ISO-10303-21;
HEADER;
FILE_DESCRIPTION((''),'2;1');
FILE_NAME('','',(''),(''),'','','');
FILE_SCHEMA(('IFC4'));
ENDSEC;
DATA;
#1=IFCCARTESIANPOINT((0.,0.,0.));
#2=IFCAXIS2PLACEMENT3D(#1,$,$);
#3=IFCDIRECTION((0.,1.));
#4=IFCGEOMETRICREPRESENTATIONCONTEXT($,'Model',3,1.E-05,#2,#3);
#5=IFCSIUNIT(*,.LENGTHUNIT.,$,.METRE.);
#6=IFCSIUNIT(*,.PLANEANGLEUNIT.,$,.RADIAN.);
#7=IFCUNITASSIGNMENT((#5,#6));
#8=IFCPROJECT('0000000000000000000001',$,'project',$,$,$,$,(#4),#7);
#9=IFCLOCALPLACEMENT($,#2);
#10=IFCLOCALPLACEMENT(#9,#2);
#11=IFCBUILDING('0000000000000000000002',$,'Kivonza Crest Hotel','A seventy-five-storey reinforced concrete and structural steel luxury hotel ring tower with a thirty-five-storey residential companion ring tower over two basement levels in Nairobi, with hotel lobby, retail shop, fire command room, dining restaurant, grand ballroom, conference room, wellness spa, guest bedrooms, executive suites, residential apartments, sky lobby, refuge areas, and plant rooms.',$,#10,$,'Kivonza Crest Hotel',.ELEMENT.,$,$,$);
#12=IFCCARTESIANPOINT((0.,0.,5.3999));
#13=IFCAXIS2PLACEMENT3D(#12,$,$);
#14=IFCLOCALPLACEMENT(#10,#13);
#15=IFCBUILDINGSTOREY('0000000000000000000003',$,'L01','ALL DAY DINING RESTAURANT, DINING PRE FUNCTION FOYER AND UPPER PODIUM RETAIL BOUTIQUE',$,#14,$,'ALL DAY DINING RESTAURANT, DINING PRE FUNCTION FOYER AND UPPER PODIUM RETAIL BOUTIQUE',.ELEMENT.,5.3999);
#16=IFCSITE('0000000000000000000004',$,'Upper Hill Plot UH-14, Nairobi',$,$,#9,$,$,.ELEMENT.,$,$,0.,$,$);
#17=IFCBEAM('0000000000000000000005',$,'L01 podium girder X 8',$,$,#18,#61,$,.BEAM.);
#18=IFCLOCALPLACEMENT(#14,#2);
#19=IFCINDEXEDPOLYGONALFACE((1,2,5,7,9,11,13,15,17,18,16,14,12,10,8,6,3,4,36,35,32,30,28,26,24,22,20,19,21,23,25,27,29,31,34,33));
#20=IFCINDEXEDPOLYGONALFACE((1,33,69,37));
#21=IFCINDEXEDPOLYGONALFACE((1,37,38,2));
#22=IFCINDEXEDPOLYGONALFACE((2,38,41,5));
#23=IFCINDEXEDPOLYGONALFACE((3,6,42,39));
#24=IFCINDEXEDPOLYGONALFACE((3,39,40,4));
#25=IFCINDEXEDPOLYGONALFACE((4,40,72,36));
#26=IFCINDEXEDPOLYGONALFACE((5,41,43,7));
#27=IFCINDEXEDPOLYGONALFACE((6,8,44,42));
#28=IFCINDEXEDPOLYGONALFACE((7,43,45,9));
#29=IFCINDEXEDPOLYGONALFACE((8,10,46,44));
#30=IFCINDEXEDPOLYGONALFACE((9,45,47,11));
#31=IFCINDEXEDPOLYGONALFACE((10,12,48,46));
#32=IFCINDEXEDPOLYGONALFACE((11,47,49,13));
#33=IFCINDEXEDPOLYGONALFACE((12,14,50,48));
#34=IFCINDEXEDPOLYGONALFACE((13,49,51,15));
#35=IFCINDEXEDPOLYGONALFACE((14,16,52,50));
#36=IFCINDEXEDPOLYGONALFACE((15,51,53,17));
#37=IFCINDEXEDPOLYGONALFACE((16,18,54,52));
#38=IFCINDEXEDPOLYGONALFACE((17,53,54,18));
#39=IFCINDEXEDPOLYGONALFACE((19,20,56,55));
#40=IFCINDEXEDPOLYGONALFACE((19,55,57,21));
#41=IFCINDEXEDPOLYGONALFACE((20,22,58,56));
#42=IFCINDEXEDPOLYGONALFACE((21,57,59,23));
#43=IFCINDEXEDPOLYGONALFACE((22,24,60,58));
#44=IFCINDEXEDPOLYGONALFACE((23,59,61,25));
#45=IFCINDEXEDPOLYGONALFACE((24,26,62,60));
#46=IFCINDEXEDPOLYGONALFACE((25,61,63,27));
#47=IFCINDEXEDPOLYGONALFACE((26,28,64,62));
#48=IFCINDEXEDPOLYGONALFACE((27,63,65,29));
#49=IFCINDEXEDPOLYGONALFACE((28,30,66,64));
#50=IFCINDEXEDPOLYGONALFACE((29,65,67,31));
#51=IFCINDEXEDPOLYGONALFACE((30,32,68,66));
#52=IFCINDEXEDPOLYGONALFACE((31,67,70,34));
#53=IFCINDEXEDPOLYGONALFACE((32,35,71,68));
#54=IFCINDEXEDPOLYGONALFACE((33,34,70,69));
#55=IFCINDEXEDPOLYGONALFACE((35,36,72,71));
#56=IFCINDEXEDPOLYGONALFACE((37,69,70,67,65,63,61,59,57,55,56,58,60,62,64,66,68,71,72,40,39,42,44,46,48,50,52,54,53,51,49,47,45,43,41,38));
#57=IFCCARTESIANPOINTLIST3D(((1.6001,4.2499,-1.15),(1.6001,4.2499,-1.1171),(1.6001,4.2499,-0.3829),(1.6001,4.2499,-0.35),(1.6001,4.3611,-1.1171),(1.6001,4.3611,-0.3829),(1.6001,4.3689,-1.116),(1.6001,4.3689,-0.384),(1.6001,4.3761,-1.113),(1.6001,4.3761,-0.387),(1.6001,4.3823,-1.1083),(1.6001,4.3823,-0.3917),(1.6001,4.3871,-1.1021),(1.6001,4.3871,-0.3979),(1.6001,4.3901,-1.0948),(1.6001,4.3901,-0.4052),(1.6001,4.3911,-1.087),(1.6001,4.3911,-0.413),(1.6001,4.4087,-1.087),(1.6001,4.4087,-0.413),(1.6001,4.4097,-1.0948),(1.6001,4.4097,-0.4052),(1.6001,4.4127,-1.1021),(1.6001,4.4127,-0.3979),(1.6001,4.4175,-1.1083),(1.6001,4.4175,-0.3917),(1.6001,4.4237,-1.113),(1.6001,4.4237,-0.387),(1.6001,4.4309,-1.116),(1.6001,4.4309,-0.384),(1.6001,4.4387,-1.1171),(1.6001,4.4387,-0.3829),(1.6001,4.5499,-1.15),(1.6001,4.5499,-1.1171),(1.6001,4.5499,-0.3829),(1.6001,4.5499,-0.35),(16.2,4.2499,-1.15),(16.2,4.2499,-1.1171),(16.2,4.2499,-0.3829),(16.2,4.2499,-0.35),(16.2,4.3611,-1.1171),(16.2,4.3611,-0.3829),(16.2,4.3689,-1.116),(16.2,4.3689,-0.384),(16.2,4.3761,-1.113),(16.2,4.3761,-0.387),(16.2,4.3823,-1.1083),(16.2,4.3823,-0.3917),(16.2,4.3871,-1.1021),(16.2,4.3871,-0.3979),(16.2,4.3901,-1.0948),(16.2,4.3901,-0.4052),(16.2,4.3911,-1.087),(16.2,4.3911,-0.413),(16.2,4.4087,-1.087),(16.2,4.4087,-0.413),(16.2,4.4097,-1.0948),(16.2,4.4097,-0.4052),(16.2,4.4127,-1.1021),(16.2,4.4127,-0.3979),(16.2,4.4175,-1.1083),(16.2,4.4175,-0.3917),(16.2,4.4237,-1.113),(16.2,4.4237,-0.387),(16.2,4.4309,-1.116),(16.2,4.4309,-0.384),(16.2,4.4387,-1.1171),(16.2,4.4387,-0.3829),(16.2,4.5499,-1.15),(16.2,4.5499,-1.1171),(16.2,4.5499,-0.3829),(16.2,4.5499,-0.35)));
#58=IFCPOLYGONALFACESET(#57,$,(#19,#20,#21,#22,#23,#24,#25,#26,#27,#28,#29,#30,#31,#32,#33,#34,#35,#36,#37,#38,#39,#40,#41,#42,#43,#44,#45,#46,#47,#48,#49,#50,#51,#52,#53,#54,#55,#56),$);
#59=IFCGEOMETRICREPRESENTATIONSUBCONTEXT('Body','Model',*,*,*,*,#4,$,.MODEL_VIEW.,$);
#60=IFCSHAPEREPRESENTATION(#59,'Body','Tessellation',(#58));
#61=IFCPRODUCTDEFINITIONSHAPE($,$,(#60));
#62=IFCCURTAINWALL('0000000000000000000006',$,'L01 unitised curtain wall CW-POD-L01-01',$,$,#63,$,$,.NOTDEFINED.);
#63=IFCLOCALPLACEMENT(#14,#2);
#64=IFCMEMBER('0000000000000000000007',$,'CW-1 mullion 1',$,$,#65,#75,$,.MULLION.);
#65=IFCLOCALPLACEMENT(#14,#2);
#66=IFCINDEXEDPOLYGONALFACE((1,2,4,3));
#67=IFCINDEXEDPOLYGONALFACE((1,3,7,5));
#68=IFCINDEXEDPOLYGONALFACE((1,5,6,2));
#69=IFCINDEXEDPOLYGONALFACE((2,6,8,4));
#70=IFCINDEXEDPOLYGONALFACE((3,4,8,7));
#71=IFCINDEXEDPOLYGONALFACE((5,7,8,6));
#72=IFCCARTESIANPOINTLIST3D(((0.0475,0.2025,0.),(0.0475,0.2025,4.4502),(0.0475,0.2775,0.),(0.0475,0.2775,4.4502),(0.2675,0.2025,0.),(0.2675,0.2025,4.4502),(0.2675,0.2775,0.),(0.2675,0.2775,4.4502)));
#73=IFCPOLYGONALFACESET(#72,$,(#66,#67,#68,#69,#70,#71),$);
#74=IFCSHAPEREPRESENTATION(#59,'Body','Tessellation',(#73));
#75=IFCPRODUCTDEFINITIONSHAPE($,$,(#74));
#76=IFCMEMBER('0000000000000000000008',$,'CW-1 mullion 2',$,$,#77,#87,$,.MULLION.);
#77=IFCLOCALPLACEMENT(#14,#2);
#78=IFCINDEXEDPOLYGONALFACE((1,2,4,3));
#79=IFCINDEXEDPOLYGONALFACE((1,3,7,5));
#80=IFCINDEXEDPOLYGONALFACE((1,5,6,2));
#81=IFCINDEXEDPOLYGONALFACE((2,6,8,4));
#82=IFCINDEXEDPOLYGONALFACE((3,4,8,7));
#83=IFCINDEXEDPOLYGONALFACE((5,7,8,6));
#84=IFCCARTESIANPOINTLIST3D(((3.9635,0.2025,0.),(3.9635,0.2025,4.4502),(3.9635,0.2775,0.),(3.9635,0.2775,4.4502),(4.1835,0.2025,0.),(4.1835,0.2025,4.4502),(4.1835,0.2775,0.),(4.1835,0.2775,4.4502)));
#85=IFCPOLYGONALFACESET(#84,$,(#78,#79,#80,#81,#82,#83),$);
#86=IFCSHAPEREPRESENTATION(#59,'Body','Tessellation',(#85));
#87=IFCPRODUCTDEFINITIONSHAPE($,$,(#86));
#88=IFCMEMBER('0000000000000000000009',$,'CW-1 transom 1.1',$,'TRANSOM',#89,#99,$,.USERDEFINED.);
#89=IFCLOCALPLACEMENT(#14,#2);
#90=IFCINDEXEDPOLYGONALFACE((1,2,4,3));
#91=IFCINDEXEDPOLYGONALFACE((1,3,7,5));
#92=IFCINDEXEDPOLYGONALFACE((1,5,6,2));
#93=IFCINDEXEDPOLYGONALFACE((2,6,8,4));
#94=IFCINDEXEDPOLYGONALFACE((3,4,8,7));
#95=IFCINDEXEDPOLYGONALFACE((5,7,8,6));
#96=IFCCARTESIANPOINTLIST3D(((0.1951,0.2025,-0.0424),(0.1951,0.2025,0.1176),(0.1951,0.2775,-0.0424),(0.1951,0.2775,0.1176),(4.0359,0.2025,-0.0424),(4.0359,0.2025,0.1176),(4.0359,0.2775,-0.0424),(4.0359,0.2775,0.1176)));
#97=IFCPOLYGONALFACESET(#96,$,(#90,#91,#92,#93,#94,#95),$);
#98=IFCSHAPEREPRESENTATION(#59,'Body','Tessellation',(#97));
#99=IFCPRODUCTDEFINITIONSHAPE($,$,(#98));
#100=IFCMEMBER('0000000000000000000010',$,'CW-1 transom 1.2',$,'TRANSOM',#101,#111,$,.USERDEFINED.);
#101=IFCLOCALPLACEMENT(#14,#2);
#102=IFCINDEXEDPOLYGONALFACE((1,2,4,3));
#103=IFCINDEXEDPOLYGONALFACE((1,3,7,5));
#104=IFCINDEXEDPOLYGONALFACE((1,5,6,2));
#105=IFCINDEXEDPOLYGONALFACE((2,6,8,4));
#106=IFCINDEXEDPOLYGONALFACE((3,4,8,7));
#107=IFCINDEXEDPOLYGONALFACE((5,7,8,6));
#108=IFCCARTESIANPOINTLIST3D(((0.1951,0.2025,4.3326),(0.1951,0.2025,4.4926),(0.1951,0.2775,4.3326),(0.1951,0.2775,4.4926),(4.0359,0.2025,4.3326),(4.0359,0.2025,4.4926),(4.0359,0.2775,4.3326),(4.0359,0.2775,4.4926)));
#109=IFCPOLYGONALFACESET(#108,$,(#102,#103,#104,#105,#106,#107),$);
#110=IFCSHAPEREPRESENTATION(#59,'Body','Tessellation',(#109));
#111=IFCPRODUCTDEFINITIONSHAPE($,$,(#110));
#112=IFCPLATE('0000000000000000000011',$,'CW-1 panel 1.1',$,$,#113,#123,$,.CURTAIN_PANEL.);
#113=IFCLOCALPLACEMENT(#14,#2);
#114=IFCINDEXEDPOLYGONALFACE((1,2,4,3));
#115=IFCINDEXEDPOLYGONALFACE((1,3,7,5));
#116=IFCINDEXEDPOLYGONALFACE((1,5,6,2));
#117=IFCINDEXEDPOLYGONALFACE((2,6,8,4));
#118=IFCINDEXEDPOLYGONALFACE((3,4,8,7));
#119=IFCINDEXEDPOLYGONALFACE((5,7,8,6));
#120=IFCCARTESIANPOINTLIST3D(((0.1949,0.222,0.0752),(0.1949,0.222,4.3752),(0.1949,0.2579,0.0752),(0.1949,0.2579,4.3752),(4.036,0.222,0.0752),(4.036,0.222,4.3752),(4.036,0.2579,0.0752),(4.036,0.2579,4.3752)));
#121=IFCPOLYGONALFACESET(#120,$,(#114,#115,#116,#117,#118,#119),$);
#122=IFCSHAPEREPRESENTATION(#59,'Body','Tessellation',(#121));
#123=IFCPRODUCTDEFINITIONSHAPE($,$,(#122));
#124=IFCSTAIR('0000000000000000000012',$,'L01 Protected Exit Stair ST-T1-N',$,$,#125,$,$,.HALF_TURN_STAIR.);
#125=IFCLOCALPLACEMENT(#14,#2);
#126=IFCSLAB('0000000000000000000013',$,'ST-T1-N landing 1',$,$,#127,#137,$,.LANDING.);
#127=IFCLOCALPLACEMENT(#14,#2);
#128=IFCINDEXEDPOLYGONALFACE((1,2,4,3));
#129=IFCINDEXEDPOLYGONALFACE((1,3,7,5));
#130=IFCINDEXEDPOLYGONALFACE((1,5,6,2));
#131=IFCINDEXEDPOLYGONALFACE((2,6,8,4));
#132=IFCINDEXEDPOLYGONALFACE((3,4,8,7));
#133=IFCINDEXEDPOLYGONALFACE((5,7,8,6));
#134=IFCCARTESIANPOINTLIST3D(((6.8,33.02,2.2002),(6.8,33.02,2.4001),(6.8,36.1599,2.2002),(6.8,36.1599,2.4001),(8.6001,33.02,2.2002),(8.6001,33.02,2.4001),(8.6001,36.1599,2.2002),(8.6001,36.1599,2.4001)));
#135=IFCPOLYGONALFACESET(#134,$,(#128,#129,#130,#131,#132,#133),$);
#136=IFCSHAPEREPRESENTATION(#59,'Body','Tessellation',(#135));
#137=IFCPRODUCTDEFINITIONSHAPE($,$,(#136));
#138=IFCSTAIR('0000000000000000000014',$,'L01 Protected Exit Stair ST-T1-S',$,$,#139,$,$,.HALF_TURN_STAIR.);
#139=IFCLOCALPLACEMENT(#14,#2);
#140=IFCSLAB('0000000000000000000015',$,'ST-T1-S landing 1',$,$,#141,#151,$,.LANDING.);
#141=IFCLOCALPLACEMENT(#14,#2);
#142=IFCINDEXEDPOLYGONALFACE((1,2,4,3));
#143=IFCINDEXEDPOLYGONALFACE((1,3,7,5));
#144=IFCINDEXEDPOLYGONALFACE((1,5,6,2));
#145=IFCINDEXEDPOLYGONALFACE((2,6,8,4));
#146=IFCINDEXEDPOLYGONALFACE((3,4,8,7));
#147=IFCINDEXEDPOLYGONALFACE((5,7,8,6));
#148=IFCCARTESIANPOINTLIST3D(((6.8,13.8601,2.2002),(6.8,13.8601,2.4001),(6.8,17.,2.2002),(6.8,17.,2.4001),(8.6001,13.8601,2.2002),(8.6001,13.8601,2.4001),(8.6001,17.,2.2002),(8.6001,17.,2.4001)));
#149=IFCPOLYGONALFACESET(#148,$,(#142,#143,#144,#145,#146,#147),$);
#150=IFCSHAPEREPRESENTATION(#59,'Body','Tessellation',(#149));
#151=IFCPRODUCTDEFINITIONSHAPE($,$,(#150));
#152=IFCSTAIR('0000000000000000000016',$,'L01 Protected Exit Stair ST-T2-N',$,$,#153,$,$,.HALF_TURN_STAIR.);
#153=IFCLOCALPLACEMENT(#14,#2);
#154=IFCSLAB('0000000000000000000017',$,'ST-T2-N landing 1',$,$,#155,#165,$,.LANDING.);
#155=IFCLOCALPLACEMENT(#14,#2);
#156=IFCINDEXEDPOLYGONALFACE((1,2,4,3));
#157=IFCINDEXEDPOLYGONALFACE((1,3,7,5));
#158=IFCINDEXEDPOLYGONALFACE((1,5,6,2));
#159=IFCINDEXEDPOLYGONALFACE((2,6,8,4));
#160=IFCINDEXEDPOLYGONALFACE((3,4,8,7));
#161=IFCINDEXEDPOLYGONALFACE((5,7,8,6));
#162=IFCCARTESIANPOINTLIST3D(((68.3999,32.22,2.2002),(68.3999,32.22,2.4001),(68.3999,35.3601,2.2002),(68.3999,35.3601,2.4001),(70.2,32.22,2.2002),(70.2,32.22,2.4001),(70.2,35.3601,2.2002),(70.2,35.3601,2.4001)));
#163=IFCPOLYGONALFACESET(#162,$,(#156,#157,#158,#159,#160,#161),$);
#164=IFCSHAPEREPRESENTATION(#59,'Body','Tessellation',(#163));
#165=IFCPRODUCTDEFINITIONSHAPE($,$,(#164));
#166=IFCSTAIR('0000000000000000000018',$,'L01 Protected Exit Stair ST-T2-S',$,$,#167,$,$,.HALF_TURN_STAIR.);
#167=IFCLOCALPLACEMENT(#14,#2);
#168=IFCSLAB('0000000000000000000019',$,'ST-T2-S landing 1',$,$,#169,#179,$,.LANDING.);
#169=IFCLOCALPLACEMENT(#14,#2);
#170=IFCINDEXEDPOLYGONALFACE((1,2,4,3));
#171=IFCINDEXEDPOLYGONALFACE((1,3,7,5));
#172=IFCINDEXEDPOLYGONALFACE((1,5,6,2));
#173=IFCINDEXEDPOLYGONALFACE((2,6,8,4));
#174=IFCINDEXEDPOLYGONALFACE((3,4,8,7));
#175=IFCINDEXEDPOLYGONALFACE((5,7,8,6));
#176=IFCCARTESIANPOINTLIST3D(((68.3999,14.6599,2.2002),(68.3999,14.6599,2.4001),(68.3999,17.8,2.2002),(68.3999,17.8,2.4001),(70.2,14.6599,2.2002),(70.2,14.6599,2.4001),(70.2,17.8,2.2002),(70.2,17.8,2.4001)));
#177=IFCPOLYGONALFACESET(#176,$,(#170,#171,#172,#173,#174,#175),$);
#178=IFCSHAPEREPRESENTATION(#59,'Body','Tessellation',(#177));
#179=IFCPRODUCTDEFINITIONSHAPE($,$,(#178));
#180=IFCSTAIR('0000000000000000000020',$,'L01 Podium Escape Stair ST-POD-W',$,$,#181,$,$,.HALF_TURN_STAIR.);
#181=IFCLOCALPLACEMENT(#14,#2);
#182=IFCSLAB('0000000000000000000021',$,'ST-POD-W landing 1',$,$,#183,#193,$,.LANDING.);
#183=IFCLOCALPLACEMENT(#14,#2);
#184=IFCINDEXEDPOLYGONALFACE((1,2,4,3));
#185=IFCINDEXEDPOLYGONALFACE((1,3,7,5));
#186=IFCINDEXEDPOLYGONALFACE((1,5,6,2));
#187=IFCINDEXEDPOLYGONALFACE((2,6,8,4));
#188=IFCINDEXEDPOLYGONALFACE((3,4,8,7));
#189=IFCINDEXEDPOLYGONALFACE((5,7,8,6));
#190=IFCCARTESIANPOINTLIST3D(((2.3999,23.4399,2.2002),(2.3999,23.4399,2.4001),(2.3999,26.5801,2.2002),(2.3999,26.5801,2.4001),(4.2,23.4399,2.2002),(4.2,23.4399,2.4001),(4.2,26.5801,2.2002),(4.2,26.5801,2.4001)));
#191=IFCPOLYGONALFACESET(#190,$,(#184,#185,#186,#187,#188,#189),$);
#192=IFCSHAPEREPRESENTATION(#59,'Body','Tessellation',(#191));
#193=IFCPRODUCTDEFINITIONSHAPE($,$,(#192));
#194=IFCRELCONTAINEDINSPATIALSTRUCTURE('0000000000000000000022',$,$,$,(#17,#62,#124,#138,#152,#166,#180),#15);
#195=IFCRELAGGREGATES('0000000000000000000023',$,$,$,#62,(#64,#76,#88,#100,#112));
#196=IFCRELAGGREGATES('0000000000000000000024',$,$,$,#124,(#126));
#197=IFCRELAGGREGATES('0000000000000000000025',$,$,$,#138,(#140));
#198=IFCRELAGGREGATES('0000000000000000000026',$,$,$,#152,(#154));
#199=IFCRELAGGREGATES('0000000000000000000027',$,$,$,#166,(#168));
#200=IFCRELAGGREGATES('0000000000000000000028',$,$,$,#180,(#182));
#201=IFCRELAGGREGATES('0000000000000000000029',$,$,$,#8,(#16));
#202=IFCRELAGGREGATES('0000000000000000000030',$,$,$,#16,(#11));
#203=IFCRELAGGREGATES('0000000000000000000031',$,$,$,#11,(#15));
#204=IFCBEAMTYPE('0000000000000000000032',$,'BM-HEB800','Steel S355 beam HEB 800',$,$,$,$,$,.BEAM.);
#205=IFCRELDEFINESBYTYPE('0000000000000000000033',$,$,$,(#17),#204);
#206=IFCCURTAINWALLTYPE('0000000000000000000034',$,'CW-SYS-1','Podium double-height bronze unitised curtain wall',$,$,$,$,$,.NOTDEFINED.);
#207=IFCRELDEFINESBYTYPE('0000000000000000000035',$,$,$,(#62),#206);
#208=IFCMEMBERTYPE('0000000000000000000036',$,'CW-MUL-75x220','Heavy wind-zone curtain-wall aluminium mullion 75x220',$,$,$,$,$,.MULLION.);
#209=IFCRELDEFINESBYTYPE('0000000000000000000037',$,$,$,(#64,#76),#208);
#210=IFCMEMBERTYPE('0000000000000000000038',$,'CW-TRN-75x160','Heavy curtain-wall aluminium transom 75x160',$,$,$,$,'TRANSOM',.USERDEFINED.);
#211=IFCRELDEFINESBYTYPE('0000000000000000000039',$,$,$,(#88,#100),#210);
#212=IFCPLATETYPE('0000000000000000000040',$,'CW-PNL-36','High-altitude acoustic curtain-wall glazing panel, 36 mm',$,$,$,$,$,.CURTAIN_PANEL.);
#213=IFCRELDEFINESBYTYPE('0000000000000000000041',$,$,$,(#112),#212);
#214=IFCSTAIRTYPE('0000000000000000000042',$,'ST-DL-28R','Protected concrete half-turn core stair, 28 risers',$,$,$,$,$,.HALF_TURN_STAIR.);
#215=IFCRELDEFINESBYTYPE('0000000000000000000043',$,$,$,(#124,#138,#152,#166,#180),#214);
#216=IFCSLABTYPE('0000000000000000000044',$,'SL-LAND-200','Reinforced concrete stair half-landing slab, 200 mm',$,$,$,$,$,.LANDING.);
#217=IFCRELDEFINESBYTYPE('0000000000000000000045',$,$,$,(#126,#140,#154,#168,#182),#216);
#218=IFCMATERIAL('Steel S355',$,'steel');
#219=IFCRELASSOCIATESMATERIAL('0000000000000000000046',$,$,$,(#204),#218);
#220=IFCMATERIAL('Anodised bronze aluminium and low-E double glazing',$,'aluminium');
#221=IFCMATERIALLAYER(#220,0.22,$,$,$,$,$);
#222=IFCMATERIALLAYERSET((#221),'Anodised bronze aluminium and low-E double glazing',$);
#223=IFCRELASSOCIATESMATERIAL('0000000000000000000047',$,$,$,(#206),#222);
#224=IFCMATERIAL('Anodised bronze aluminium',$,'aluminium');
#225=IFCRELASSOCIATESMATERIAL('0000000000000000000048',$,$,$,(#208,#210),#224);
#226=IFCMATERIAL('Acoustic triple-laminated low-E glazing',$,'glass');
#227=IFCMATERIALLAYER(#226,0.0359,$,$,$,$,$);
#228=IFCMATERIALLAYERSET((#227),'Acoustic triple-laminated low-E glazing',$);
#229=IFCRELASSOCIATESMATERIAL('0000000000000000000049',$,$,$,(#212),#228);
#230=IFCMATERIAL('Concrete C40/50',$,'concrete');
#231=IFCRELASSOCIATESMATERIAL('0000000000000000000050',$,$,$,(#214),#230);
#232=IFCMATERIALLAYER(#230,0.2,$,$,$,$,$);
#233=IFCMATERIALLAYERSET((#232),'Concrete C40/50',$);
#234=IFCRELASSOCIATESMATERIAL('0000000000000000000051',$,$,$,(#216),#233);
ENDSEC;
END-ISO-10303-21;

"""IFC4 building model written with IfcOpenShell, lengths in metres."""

from ifc_helpers import new_model, si_unit, direction, frame, origin, origin_2d, place, context, subcontext, project, spatial, polyline, rectangle, i_section, outline, extrude, material, layer, layer_set, material_profile, profile_set, type_object, element, aggregate, save


model = new_model("IFC4")

# Units and contexts
model_context = context("Model", 3, precision=1e-05, world=origin(), true_north=direction((0.0, 1.0)))
body_context = subcontext(model_context, "Body", "Model", "MODEL_VIEW")
ifc_project = project(units=[si_unit("LENGTHUNIT", "METRE"), si_unit("PLANEANGLEUNIT", "RADIAN")], contexts=[model_context])

# Site, building, storey
site_placement = place(None, origin())
site = spatial("IfcSite", under=ifc_project, at=site_placement, Name="Upper Hill Plot UH-14, Nairobi", CompositionType="ELEMENT", RefElevation=0.0)
building_placement = place(site_placement, origin())
building = spatial("IfcBuilding", under=site, at=building_placement, Name="Kivonza Crest Hotel", Description="A seventy-five-storey reinforced concrete and structural steel luxury hotel ring tower with a thirty-five-storey residential companion ring tower over two basement levels in Nairobi, with hotel lobby, retail shop, fire command room, dining restaurant, grand ballroom, conference room, wellness spa, guest bedrooms, executive suites, residential apartments, sky lobby, refuge areas, and plant rooms.", LongName="Kivonza Crest Hotel", CompositionType="ELEMENT")
storey_placement = place(building_placement, frame((0.0, 0.0, 5.3999)))
storey = spatial("IfcBuildingStorey", under=building, at=storey_placement, Name="L01", Description="ALL DAY DINING RESTAURANT, DINING PRE FUNCTION FOYER AND UPPER PODIUM RETAIL BOUTIQUE", LongName="ALL DAY DINING RESTAURANT, DINING PRE FUNCTION FOYER AND UPPER PODIUM RETAIL BOUTIQUE", CompositionType="ELEMENT", Elevation=5.3999)

# Beam
ifc_material_1 = material(Name="Steel S355", Category="steel")
ifc_material_profile_1 = material_profile(ifc_material_1, i_section(OverallWidth=0.3, OverallDepth=0.8, WebThickness=0.0176, FlangeThickness=0.033, FilletRadius=0.03, at=origin_2d()), Name="HEB 800")
ifc_profile_set_1 = profile_set([ifc_material_profile_1], Name="Steel S355")
beam_type_1 = type_object("IfcBeamType", Name="BM-HEB800", Description="Steel S355 beam HEB 800", PredefinedType="BEAM", material=ifc_profile_set_1)
for number, where, z_axis, x_axis, name in (
    (1, (1.6001, 4.3999, -0.75), (1.0, 0.0, 0.0), (0.0, 1.0, 0.0), "L01 podium girder X 8"),
):
    element("IfcBeam", number, at=place(storey_placement, frame(where, z_axis=z_axis, x_axis=x_axis)), inside=storey, type_object=beam_type_1, Name=name, PredefinedType="BEAM", context=body_context, shape_type="SweptSolid", body=[
        extrude(i_section(OverallWidth=0.3, OverallDepth=0.8, WebThickness=0.0176, FlangeThickness=0.033, FilletRadius=0.03, at=origin_2d()), origin(), (0.0, 0.0, 1.0), 14.5999),
    ])

# Curtain wall, members, plate
ifc_material_2 = material(Name="Anodised bronze aluminium and low-E double glazing", Category="aluminium")
ifc_layer_1 = layer(ifc_material_2, 0.22)
ifc_layer_set_1 = layer_set([ifc_layer_1], Name="Anodised bronze aluminium and low-E double glazing")
curtain_wall_type = type_object("IfcCurtainWallType", Name="CW-SYS-1", Description="Podium double-height bronze unitised curtain wall", PredefinedType="NOTDEFINED", material=ifc_layer_set_1)
curtain_wall_placement = place(storey_placement, origin())
curtain_wall = element("IfcCurtainWall", 2, at=curtain_wall_placement, inside=storey, type_object=curtain_wall_type, Name="L01 unitised curtain wall CW-POD-L01-01", PredefinedType="NOTDEFINED")
ifc_material_3 = material(Name="Anodised bronze aluminium", Category="aluminium")
ifc_material_profile_2 = material_profile(ifc_material_3, rectangle(XDim=0.075, YDim=0.22, at=origin_2d()), Name="CW-M 75x220")
ifc_profile_set_2 = profile_set([ifc_material_profile_2], Name="Anodised bronze aluminium")
member_type_1 = type_object("IfcMemberType", Name="CW-MUL-75x220", Description="Heavy wind-zone curtain-wall aluminium mullion 75x220", PredefinedType="MULLION", material=ifc_profile_set_2)
member_1_placement = place(storey_placement, frame((0.1575, 0.24, 0.0), z_axis=(0.0, 0.0, 1.0), x_axis=(0.0, 1.0, 0.0)))
member_1 = element("IfcMember", 3, at=member_1_placement, type_object=member_type_1, Name="CW-1 mullion 1", PredefinedType="MULLION", context=body_context, shape_type="SweptSolid", body=[
    extrude(rectangle(XDim=0.075, YDim=0.22, at=origin_2d()), origin(), (0.0, 0.0, 1.0), 4.4502),
])
member_2_placement = place(storey_placement, frame((4.0735, 0.24, 0.0), z_axis=(0.0, 0.0, 1.0), x_axis=(0.0, 1.0, 0.0)))
member_2 = element("IfcMember", 4, at=member_2_placement, type_object=member_type_1, Name="CW-1 mullion 2", PredefinedType="MULLION", context=body_context, shape_type="SweptSolid", body=[
    extrude(rectangle(XDim=0.075, YDim=0.22, at=origin_2d()), origin(), (0.0, 0.0, 1.0), 4.4502),
])
ifc_material_profile_3 = material_profile(ifc_material_3, rectangle(XDim=0.075, YDim=0.1599, at=origin_2d()), Name="CW-T 75x160")
ifc_profile_set_3 = profile_set([ifc_material_profile_3], Name="Anodised bronze aluminium")
member_type_2 = type_object("IfcMemberType", Name="CW-TRN-75x160", Description="Heavy curtain-wall aluminium transom 75x160", ElementType="TRANSOM", PredefinedType="USERDEFINED", material=ifc_profile_set_3)
member_3_placement = place(storey_placement, frame((0.1951, 0.24, 0.0376), z_axis=(1.0, 0.0, 0.0), x_axis=(0.0, 1.0, 0.0)))
member_3 = element("IfcMember", 5, at=member_3_placement, type_object=member_type_2, Name="CW-1 transom 1.1", ObjectType="TRANSOM", PredefinedType="USERDEFINED", context=body_context, shape_type="SweptSolid", body=[
    extrude(rectangle(XDim=0.075, YDim=0.1599, at=origin_2d()), origin(), (0.0, 0.0, 1.0), 3.8408),
])
member_4_placement = place(storey_placement, frame((0.1951, 0.24, 4.4126), z_axis=(1.0, 0.0, 0.0), x_axis=(0.0, 1.0, 0.0)))
member_4 = element("IfcMember", 6, at=member_4_placement, type_object=member_type_2, Name="CW-1 transom 1.2", ObjectType="TRANSOM", PredefinedType="USERDEFINED", context=body_context, shape_type="SweptSolid", body=[
    extrude(rectangle(XDim=0.075, YDim=0.1599, at=origin_2d()), origin(), (0.0, 0.0, 1.0), 3.8408),
])
ifc_material_4 = material(Name="Acoustic triple-laminated low-E glazing", Category="glass")
ifc_layer_2 = layer(ifc_material_4, 0.0359)
ifc_layer_set_2 = layer_set([ifc_layer_2], Name="Acoustic triple-laminated low-E glazing")
plate_type = type_object("IfcPlateType", Name="CW-PNL-36", Description="High-altitude acoustic curtain-wall glazing panel, 36 mm", PredefinedType="CURTAIN_PANEL", material=ifc_layer_set_2)
plate_placement = place(storey_placement, frame((2.1155, 0.24, 0.0752), z_axis=(0.0, 0.0, 1.0), x_axis=(1.0, 0.0, 0.0)))
plate = element("IfcPlate", 7, at=plate_placement, type_object=plate_type, Name="CW-1 panel 1.1", PredefinedType="CURTAIN_PANEL", context=body_context, shape_type="SweptSolid", body=[
    extrude(rectangle(XDim=3.8411, YDim=0.0359, at=origin_2d()), origin(), (0.0, 0.0, 1.0), 4.3),
])
aggregate(curtain_wall, [member_1, member_2, member_3, member_4, plate])

# Stairs, slabs
ifc_material_5 = material(Name="Concrete C40/50", Category="concrete")
stair_type = type_object("IfcStairType", Name="ST-DL-28R", Description="Protected concrete half-turn core stair, 28 risers", PredefinedType="HALF_TURN_STAIR", material=ifc_material_5)
stair_1_placement = place(storey_placement, origin())
stair_1 = element("IfcStair", 8, at=stair_1_placement, inside=storey, type_object=stair_type, Name="L01 Protected Exit Stair ST-T1-N", PredefinedType="HALF_TURN_STAIR")
ifc_layer_3 = layer(ifc_material_5, 0.2)
ifc_layer_set_3 = layer_set([ifc_layer_3], Name="Concrete C40/50")
slab_type_1 = type_object("IfcSlabType", Name="SL-LAND-200", Description="Reinforced concrete stair half-landing slab, 200 mm", PredefinedType="LANDING", material=ifc_layer_set_3)
slab_1_placement = place(storey_placement, frame((0.0, 0.0, 2.2002)))
slab_1 = element("IfcSlab", 9, at=slab_1_placement, type_object=slab_type_1, Name="ST-T1-N landing 1", PredefinedType="LANDING", context=body_context, shape_type="SweptSolid", body=[
    extrude(outline(polyline([(8.6001, 36.1599), (6.8, 36.1599), (6.8, 33.02), (8.6001, 33.02), (8.6001, 36.1599)])), origin(), (0.0, 0.0, 1.0), 0.2),
])
aggregate(stair_1, [slab_1])
stair_2_placement = place(storey_placement, origin())
stair_2 = element("IfcStair", 10, at=stair_2_placement, inside=storey, type_object=stair_type, Name="L01 Protected Exit Stair ST-T1-S", PredefinedType="HALF_TURN_STAIR")
slab_2_placement = place(storey_placement, frame((0.0, 0.0, 2.2002)))
slab_2 = element("IfcSlab", 11, at=slab_2_placement, type_object=slab_type_1, Name="ST-T1-S landing 1", PredefinedType="LANDING", context=body_context, shape_type="SweptSolid", body=[
    extrude(outline(polyline([(8.6001, 17.0), (6.8, 17.0), (6.8, 13.8601), (8.6001, 13.8601), (8.6001, 17.0)])), origin(), (0.0, 0.0, 1.0), 0.2),
])
aggregate(stair_2, [slab_2])
stair_3_placement = place(storey_placement, origin())
stair_3 = element("IfcStair", 12, at=stair_3_placement, inside=storey, type_object=stair_type, Name="L01 Protected Exit Stair ST-T2-N", PredefinedType="HALF_TURN_STAIR")
slab_3_placement = place(storey_placement, frame((0.0, 0.0, 2.2002)))
slab_3 = element("IfcSlab", 13, at=slab_3_placement, type_object=slab_type_1, Name="ST-T2-N landing 1", PredefinedType="LANDING", context=body_context, shape_type="SweptSolid", body=[
    extrude(outline(polyline([(70.2, 35.3601), (68.3999, 35.3601), (68.3999, 32.22), (70.2, 32.22), (70.2, 35.3601)])), origin(), (0.0, 0.0, 1.0), 0.2),
])
aggregate(stair_3, [slab_3])
stair_4_placement = place(storey_placement, origin())
stair_4 = element("IfcStair", 14, at=stair_4_placement, inside=storey, type_object=stair_type, Name="L01 Protected Exit Stair ST-T2-S", PredefinedType="HALF_TURN_STAIR")
slab_4_placement = place(storey_placement, frame((0.0, 0.0, 2.2002)))
slab_4 = element("IfcSlab", 15, at=slab_4_placement, type_object=slab_type_1, Name="ST-T2-S landing 1", PredefinedType="LANDING", context=body_context, shape_type="SweptSolid", body=[
    extrude(outline(polyline([(70.2, 17.8), (68.3999, 17.8), (68.3999, 14.6599), (70.2, 14.6599), (70.2, 17.8)])), origin(), (0.0, 0.0, 1.0), 0.2),
])
aggregate(stair_4, [slab_4])
stair_5_placement = place(storey_placement, origin())
stair_5 = element("IfcStair", 16, at=stair_5_placement, inside=storey, type_object=stair_type, Name="L01 Podium Escape Stair ST-POD-W", PredefinedType="HALF_TURN_STAIR")
slab_5_placement = place(storey_placement, frame((0.0, 0.0, 2.2002)))
slab_5 = element("IfcSlab", 17, at=slab_5_placement, type_object=slab_type_1, Name="ST-POD-W landing 1", PredefinedType="LANDING", context=body_context, shape_type="SweptSolid", body=[
    extrude(outline(polyline([(4.2, 26.5801), (2.3999, 26.5801), (2.3999, 23.4399), (4.2, 23.4399), (4.2, 26.5801)])), origin(), (0.0, 0.0, 1.0), 0.2),
])
aggregate(stair_5, [slab_5])

save(model, "model.ifc")
